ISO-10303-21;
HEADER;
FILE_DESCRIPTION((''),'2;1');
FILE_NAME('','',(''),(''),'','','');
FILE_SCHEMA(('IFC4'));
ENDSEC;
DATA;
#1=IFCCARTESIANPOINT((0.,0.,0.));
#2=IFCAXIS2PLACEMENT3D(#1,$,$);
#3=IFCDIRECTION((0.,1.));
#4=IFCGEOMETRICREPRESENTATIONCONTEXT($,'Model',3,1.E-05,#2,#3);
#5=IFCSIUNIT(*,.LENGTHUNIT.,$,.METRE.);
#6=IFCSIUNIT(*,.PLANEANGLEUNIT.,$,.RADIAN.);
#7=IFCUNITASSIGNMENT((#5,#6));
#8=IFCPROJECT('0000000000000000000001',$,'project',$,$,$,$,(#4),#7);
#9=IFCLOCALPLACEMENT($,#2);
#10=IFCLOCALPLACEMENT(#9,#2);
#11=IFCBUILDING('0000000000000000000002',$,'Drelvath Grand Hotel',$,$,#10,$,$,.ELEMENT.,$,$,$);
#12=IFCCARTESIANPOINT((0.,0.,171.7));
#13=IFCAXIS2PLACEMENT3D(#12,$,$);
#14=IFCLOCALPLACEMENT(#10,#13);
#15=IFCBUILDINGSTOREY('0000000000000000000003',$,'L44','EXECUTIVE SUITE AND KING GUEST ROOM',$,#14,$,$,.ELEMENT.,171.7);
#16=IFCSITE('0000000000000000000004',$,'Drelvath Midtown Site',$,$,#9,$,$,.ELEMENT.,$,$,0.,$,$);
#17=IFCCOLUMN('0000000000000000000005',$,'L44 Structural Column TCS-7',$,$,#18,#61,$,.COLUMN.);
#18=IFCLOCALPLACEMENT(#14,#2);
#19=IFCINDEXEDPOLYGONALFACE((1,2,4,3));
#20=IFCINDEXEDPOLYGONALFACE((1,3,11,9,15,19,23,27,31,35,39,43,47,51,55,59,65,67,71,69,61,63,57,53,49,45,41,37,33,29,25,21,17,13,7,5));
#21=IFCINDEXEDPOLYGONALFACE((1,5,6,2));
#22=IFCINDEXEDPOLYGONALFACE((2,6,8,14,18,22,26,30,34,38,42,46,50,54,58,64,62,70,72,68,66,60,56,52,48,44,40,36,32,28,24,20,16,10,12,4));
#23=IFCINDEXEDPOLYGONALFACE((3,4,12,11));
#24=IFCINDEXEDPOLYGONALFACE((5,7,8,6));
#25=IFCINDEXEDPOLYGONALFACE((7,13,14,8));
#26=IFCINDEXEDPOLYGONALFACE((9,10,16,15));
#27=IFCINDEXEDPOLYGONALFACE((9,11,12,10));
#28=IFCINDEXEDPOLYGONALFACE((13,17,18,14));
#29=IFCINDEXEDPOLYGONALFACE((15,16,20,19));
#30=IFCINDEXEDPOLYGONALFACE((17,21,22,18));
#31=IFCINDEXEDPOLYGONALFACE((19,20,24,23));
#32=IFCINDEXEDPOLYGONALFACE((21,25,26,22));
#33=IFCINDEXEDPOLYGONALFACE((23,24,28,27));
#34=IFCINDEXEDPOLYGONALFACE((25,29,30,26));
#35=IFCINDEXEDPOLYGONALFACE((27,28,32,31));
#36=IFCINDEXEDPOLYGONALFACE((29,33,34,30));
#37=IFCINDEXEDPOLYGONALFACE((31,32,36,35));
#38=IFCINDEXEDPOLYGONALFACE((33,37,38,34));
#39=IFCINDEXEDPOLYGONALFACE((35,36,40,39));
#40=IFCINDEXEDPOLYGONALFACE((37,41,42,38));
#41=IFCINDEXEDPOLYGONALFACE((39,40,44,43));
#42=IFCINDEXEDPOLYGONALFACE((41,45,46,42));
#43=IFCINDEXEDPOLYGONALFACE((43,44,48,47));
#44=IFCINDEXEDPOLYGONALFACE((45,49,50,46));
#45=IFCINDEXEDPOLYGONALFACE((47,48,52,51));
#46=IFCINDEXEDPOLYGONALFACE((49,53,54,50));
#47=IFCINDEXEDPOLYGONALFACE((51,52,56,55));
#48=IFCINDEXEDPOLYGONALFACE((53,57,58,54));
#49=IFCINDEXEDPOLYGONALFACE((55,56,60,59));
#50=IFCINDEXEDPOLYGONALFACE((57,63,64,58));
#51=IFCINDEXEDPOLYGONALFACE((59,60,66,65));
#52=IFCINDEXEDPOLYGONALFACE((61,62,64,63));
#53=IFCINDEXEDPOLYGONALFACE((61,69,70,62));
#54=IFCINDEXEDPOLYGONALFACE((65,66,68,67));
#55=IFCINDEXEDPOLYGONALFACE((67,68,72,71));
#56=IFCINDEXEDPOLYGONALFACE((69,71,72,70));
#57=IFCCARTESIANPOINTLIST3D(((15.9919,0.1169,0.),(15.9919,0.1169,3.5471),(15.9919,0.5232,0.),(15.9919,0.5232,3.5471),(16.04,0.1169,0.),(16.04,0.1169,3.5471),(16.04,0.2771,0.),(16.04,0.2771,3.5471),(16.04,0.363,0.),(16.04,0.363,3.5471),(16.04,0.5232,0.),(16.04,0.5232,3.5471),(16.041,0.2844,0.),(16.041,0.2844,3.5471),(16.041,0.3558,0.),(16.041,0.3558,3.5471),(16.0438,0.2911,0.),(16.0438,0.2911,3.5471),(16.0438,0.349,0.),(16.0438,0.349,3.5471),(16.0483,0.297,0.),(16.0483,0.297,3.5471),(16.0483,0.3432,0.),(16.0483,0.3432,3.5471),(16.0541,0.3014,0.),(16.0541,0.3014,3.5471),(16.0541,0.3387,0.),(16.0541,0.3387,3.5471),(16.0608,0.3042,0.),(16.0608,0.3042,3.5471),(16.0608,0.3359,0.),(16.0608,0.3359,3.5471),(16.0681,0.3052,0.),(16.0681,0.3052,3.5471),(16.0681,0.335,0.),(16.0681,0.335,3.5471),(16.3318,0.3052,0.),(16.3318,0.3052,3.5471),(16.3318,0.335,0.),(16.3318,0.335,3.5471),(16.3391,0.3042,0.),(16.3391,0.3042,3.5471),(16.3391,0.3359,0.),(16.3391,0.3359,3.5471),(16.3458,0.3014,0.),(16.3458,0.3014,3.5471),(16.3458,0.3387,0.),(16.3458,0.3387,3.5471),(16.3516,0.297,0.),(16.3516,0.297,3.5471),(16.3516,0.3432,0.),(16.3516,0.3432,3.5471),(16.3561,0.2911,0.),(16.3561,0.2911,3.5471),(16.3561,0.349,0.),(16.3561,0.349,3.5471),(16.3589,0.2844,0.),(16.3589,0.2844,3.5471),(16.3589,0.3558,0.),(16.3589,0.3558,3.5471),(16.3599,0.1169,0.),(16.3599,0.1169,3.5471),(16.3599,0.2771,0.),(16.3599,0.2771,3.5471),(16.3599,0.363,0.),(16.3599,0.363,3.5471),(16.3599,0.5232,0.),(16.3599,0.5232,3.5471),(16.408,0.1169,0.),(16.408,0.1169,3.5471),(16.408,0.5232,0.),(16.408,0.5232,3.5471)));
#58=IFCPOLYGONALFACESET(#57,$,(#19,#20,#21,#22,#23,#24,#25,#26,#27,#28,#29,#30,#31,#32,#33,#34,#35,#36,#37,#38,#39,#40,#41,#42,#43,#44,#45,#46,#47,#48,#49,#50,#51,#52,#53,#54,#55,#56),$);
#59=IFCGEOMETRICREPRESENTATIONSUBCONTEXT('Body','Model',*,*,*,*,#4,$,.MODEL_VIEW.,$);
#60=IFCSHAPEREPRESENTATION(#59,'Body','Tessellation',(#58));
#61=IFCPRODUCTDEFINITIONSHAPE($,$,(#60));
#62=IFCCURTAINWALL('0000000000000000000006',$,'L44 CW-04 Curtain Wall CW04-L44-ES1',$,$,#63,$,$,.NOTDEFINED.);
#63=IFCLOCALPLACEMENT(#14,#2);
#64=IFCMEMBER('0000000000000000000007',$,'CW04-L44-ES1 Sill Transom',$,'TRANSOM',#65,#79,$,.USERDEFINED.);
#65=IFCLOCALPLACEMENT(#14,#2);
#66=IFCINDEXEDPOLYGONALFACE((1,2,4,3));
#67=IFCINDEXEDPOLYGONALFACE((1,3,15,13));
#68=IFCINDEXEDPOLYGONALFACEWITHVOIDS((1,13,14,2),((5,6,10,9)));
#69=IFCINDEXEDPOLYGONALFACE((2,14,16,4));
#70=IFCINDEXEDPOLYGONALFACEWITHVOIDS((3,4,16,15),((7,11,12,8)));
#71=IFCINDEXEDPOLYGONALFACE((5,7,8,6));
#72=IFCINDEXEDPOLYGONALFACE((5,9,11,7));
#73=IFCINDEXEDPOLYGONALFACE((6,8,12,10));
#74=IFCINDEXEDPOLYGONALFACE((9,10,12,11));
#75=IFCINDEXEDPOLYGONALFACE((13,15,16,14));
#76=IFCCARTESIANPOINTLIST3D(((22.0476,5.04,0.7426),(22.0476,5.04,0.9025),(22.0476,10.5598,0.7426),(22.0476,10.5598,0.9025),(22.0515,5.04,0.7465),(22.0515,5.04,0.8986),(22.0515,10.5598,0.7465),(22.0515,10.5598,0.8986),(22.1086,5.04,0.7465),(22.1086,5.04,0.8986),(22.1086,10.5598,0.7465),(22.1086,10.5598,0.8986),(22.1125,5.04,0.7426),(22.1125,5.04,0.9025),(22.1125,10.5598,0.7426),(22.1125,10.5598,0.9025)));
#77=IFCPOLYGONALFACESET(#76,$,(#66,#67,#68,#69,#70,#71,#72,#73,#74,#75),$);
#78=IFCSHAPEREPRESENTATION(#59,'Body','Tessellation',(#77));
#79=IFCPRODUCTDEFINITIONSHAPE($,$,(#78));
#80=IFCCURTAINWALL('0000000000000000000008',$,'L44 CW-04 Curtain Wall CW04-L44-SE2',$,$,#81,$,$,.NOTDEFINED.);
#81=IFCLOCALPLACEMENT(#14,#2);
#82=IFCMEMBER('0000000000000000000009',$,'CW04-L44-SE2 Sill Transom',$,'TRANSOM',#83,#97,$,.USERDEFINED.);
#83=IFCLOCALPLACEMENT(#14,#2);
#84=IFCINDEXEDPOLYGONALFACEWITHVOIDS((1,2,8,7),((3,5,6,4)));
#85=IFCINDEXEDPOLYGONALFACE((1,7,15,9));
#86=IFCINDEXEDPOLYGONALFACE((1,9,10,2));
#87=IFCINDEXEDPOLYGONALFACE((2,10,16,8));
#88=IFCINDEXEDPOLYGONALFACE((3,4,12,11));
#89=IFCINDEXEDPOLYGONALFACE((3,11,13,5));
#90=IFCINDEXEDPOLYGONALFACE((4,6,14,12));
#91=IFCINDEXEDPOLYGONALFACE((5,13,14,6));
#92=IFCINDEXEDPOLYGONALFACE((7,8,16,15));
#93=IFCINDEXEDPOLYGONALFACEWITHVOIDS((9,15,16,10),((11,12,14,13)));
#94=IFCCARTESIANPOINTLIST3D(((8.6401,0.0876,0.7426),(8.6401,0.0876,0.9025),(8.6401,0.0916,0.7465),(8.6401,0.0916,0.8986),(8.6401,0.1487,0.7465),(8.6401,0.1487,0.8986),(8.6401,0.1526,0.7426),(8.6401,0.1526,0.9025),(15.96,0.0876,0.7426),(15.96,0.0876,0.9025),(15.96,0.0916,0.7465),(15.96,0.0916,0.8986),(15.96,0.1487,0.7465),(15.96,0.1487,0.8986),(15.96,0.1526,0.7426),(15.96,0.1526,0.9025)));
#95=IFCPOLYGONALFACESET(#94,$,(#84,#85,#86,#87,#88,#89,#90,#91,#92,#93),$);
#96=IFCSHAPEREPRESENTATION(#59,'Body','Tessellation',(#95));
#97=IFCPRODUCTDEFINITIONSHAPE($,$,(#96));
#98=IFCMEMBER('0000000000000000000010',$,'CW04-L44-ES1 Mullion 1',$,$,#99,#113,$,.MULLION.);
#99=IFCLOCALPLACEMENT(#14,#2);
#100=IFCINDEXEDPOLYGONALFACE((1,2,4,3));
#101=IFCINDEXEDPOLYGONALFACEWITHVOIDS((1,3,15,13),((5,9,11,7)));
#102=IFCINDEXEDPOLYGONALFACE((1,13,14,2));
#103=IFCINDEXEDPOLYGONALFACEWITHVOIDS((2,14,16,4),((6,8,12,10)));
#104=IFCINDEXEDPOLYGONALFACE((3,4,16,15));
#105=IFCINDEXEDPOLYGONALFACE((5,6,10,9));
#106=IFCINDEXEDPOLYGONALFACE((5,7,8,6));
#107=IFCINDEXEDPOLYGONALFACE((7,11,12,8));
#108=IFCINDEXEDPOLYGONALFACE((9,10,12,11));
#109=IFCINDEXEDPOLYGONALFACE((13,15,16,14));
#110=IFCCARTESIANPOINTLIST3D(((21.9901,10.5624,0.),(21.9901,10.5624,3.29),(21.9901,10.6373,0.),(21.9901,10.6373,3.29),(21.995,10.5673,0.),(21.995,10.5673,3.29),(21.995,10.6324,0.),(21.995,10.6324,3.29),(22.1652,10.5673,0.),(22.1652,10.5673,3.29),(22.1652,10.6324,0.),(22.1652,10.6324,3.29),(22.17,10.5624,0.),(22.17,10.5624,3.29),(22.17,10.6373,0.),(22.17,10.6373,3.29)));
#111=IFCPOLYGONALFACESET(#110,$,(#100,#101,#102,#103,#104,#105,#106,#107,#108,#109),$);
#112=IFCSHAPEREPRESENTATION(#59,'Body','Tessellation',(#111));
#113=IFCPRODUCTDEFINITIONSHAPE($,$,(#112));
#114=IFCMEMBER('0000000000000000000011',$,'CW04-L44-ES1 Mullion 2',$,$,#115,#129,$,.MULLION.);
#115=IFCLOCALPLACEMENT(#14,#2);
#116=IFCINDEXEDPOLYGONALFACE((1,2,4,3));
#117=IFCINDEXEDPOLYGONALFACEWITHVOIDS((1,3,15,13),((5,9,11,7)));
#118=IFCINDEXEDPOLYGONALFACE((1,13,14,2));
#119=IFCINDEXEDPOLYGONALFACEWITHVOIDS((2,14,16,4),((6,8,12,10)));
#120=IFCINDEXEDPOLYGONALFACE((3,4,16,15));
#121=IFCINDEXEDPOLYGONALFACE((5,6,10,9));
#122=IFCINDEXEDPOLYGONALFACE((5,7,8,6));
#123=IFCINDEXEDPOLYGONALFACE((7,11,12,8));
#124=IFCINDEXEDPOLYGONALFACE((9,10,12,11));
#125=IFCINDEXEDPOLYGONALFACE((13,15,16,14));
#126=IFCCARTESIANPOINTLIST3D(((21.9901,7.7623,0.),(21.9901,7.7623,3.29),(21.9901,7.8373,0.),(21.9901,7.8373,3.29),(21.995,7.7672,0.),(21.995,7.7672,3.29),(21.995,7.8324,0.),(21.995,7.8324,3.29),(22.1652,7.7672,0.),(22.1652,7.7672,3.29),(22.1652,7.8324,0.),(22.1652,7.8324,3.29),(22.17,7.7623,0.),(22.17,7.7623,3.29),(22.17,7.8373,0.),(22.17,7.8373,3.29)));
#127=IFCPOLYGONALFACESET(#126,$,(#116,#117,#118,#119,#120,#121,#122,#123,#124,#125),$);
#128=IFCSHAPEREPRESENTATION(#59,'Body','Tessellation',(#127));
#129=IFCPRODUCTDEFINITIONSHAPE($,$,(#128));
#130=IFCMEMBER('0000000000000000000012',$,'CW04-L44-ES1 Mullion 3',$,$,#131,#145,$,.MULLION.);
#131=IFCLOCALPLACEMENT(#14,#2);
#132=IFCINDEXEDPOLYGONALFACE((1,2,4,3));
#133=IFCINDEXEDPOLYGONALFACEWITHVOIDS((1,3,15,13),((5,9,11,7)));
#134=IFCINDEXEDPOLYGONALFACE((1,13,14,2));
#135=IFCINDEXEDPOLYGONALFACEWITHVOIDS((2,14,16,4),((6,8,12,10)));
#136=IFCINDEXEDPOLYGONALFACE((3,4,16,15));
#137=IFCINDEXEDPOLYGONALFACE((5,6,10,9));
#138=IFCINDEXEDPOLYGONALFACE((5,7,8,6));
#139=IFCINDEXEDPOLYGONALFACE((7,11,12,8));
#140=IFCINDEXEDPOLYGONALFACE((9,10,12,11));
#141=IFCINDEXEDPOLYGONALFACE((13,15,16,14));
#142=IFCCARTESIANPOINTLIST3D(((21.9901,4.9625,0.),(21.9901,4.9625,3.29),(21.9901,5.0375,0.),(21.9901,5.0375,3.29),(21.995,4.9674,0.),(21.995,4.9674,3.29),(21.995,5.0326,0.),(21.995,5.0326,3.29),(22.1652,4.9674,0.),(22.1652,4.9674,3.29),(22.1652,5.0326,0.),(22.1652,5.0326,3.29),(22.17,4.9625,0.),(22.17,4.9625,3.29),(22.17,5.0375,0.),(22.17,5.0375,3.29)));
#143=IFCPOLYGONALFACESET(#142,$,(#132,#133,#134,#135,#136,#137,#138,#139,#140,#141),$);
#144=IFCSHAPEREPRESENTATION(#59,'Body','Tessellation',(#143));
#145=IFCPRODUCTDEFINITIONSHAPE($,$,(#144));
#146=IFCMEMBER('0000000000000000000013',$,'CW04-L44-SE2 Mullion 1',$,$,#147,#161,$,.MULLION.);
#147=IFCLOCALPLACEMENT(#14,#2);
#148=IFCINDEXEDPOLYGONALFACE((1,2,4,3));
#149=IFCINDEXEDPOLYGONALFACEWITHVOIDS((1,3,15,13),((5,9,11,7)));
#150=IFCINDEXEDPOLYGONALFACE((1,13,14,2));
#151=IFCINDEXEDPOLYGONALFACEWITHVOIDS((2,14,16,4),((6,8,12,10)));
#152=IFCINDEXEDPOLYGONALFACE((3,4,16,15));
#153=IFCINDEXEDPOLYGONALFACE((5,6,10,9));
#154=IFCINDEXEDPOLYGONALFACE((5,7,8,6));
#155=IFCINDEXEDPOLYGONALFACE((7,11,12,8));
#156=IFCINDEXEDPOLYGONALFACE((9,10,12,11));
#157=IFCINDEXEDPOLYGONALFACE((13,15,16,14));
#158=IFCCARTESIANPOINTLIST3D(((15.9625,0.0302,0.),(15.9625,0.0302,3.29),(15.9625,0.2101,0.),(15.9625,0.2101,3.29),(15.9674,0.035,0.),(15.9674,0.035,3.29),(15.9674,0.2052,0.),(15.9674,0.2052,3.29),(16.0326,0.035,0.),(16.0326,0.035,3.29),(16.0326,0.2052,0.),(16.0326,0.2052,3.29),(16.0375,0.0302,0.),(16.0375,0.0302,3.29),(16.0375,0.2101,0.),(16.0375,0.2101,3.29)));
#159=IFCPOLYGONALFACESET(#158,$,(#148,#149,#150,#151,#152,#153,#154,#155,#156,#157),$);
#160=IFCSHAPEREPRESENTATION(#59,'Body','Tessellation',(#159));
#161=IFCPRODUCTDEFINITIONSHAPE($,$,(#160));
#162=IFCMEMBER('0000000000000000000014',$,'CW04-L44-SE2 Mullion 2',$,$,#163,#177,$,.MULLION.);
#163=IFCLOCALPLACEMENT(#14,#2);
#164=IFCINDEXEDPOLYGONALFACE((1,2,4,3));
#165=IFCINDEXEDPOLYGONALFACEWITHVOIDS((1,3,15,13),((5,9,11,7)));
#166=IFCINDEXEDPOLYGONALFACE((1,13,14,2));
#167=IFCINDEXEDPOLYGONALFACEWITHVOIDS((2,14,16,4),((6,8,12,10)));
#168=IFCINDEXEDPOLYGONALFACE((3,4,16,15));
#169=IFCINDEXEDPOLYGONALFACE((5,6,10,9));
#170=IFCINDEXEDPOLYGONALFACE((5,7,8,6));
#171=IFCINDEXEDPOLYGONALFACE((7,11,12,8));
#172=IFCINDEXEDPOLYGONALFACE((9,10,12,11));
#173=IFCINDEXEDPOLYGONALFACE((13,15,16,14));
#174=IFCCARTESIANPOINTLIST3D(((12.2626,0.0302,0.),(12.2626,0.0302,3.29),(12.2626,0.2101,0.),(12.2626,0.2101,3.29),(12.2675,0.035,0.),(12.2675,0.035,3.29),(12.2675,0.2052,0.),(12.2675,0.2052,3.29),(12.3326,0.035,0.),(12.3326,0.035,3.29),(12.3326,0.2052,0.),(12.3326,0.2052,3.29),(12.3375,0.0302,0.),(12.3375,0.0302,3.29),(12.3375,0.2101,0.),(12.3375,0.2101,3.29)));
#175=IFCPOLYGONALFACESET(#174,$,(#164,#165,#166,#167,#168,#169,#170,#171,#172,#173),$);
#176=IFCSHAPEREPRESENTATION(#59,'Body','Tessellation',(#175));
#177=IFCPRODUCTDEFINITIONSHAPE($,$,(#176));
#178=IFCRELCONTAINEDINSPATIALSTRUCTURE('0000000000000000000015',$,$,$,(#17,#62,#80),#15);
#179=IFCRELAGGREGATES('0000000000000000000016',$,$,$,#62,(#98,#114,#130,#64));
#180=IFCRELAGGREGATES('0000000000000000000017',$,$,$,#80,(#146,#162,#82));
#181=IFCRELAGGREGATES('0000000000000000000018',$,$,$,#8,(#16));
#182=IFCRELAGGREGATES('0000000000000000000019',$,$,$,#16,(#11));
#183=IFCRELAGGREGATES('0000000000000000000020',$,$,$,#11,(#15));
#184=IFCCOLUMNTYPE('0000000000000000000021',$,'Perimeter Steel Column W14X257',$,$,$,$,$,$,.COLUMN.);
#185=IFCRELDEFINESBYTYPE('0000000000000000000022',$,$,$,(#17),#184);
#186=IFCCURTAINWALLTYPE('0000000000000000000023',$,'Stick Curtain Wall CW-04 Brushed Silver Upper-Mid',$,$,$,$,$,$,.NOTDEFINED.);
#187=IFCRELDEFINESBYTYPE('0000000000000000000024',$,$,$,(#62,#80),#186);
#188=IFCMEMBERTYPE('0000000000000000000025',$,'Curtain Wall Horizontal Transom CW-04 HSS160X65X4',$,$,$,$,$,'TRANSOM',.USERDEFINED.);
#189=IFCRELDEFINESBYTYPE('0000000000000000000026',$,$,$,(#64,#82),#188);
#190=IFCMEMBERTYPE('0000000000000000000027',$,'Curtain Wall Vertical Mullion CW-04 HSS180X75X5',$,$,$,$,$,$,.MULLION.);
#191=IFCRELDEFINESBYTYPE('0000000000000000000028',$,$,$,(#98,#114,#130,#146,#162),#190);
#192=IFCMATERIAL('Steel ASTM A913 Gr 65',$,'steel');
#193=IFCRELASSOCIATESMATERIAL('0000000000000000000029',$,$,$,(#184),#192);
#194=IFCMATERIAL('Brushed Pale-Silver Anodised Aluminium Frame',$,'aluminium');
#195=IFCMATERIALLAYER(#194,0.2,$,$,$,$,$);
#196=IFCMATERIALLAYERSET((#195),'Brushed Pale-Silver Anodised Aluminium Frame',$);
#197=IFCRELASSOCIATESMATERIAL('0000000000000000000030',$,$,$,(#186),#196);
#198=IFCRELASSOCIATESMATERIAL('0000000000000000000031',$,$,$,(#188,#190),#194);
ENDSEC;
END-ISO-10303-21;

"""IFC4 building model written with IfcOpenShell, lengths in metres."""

from ifc_helpers import new_model, si_unit, direction, frame, origin, origin_2d, place, context, subcontext, project, spatial, hollow_rectangle, i_section, extrude, material, layer, layer_set, material_profile, profile_set, type_object, element, aggregate, save


model = new_model("IFC4")

# Units and contexts
model_context = context("Model", 3, precision=1e-05, world=origin(), true_north=direction((0.0, 1.0)))
body_context = subcontext(model_context, "Body", "Model", "MODEL_VIEW")
ifc_project = project(units=[si_unit("LENGTHUNIT", "METRE"), si_unit("PLANEANGLEUNIT", "RADIAN")], contexts=[model_context])

# Site, building, storey
site_placement = place(None, origin())
site = spatial("IfcSite", under=ifc_project, at=site_placement, Name="Drelvath Midtown Site", CompositionType="ELEMENT", RefElevation=0.0)
building_placement = place(site_placement, origin())
building = spatial("IfcBuilding", under=site, at=building_placement, Name="Drelvath Grand Hotel", CompositionType="ELEMENT")
storey_placement = place(building_placement, frame((0.0, 0.0, 171.7)))
storey = spatial("IfcBuildingStorey", under=building, at=storey_placement, Name="L44", Description="EXECUTIVE SUITE AND KING GUEST ROOM", CompositionType="ELEMENT", Elevation=171.7)

# Column
ifc_material_1 = material(Name="Steel ASTM A913 Gr 65", Category="steel")
ifc_material_profile_1 = material_profile(ifc_material_1, i_section(OverallWidth=0.4062, OverallDepth=0.416, WebThickness=0.0298, FlangeThickness=0.0481, FilletRadius=0.0281, at=origin_2d()), Name="W14X257")
ifc_profile_set_1 = profile_set([ifc_material_profile_1], Name="Steel ASTM A913 Gr 65")
column_type = type_object("IfcColumnType", Name="Perimeter Steel Column W14X257", PredefinedType="COLUMN", material=ifc_profile_set_1)
column_placement = place(storey_placement, frame((16.2, 0.3201, 0.0), z_axis=(0.0, 0.0, 1.0), x_axis=(0.0, 1.0, 0.0)))
element("IfcColumn", 1, at=column_placement, inside=storey, type_object=column_type, Name="L44 Structural Column TCS-7", PredefinedType="COLUMN", context=body_context, shape_type="SweptSolid", body=[
    extrude(i_section(OverallWidth=0.4062, OverallDepth=0.416, WebThickness=0.0298, FlangeThickness=0.0481, FilletRadius=0.0281, at=origin_2d()), origin(), (0.0, 0.0, 1.0), 3.5471),
])

# Curtain walls, members
ifc_material_2 = material(Name="Brushed Pale-Silver Anodised Aluminium Frame", Category="aluminium")
ifc_layer_1 = layer(ifc_material_2, 0.2)
ifc_layer_set_1 = layer_set([ifc_layer_1], Name="Brushed Pale-Silver Anodised Aluminium Frame")
curtain_wall_type = type_object("IfcCurtainWallType", Name="Stick Curtain Wall CW-04 Brushed Silver Upper-Mid", PredefinedType="NOTDEFINED", material=ifc_layer_set_1)
curtain_wall_1_placement = place(storey_placement, origin())
curtain_wall_1 = element("IfcCurtainWall", 2, at=curtain_wall_1_placement, inside=storey, type_object=curtain_wall_type, Name="L44 CW-04 Curtain Wall CW04-L44-ES1", PredefinedType="NOTDEFINED")
ifc_material_profile_2 = material_profile(ifc_material_2, hollow_rectangle(XDim=0.0649, YDim=0.1599, WallThickness=0.0039, at=origin_2d()), Name="HSS160X65X4")
ifc_profile_set_2 = profile_set([ifc_material_profile_2], Name="Brushed Pale-Silver Anodised Aluminium Frame")
member_type_1 = type_object("IfcMemberType", Name="Curtain Wall Horizontal Transom CW-04 HSS160X65X4", ElementType="TRANSOM", PredefinedType="USERDEFINED", material=ifc_profile_set_2)
member_1_placement = place(storey_placement, frame((22.0801, 10.5598, 0.8225), z_axis=(0.0, -1.0, 0.0), x_axis=(1.0, 0.0, 0.0)))
member_1 = element("IfcMember", 3, at=member_1_placement, type_object=member_type_1, Name="CW04-L44-ES1 Sill Transom", ObjectType="TRANSOM", PredefinedType="USERDEFINED", context=body_context, shape_type="SweptSolid", body=[
    extrude(hollow_rectangle(XDim=0.0649, YDim=0.1599, WallThickness=0.0039, at=origin_2d()), origin(), (0.0, 0.0, 1.0), 5.5198),
])
curtain_wall_2_placement = place(storey_placement, origin())
curtain_wall_2 = element("IfcCurtainWall", 4, at=curtain_wall_2_placement, inside=storey, type_object=curtain_wall_type, Name="L44 CW-04 Curtain Wall CW04-L44-SE2", PredefinedType="NOTDEFINED")
member_2_placement = place(storey_placement, frame((15.96, 0.1201, 0.8225), z_axis=(-1.0, 0.0, 0.0), x_axis=(0.0, -1.0, 0.0)))
member_2 = element("IfcMember", 5, at=member_2_placement, type_object=member_type_1, Name="CW04-L44-SE2 Sill Transom", ObjectType="TRANSOM", PredefinedType="USERDEFINED", context=body_context, shape_type="SweptSolid", body=[
    extrude(hollow_rectangle(XDim=0.0649, YDim=0.1599, WallThickness=0.0039, at=origin_2d()), origin(), (0.0, 0.0, 1.0), 7.3198),
])

# Members
ifc_material_profile_3 = material_profile(ifc_material_2, hollow_rectangle(XDim=0.075, YDim=0.1799, WallThickness=0.0049, at=origin_2d()), Name="HSS180X75X5")
ifc_profile_set_3 = profile_set([ifc_material_profile_3], Name="Brushed Pale-Silver Anodised Aluminium Frame")
member_type_2 = type_object("IfcMemberType", Name="Curtain Wall Vertical Mullion CW-04 HSS180X75X5", PredefinedType="MULLION", material=ifc_profile_set_3)
member_3_placement = place(storey_placement, frame((22.0801, 10.5999, 0.0), z_axis=(0.0, 0.0, 1.0), x_axis=(0.0, 1.0, 0.0)))
member_3 = element("IfcMember", 6, at=member_3_placement, type_object=member_type_2, Name="CW04-L44-ES1 Mullion 1", PredefinedType="MULLION", context=body_context, shape_type="SweptSolid", body=[
    extrude(hollow_rectangle(XDim=0.075, YDim=0.1799, WallThickness=0.0049, at=origin_2d()), origin(), (0.0, 0.0, 1.0), 3.29),
])
member_4_placement = place(storey_placement, frame((22.0801, 7.7998, 0.0), z_axis=(0.0, 0.0, 1.0), x_axis=(0.0, 1.0, 0.0)))
member_4 = element("IfcMember", 7, at=member_4_placement, type_object=member_type_2, Name="CW04-L44-ES1 Mullion 2", PredefinedType="MULLION", context=body_context, shape_type="SweptSolid", body=[
    extrude(hollow_rectangle(XDim=0.075, YDim=0.1799, WallThickness=0.0049, at=origin_2d()), origin(), (0.0, 0.0, 1.0), 3.29),
])
member_5_placement = place(storey_placement, frame((22.0801, 5.0, 0.0), z_axis=(0.0, 0.0, 1.0), x_axis=(0.0, 1.0, 0.0)))
member_5 = element("IfcMember", 8, at=member_5_placement, type_object=member_type_2, Name="CW04-L44-ES1 Mullion 3", PredefinedType="MULLION", context=body_context, shape_type="SweptSolid", body=[
    extrude(hollow_rectangle(XDim=0.075, YDim=0.1799, WallThickness=0.0049, at=origin_2d()), origin(), (0.0, 0.0, 1.0), 3.29),
])
member_6_placement = place(storey_placement, frame((16.0, 0.1201, 0.0), z_axis=(0.0, 0.0, 1.0), x_axis=(1.0, 0.0, 0.0)))
member_6 = element("IfcMember", 9, at=member_6_placement, type_object=member_type_2, Name="CW04-L44-SE2 Mullion 1", PredefinedType="MULLION", context=body_context, shape_type="SweptSolid", body=[
    extrude(hollow_rectangle(XDim=0.075, YDim=0.1799, WallThickness=0.0049, at=origin_2d()), origin(), (0.0, 0.0, 1.0), 3.29),
])
member_7_placement = place(storey_placement, frame((12.3, 0.1201, 0.0), z_axis=(0.0, 0.0, 1.0), x_axis=(1.0, 0.0, 0.0)))
member_7 = element("IfcMember", 10, at=member_7_placement, type_object=member_type_2, Name="CW04-L44-SE2 Mullion 2", PredefinedType="MULLION", context=body_context, shape_type="SweptSolid", body=[
    extrude(hollow_rectangle(XDim=0.075, YDim=0.1799, WallThickness=0.0049, at=origin_2d()), origin(), (0.0, 0.0, 1.0), 3.29),
])

aggregate(curtain_wall_1, [member_3, member_4, member_5, member_1])
aggregate(curtain_wall_2, [member_6, member_7, member_2])

save(model, "model.ifc")
